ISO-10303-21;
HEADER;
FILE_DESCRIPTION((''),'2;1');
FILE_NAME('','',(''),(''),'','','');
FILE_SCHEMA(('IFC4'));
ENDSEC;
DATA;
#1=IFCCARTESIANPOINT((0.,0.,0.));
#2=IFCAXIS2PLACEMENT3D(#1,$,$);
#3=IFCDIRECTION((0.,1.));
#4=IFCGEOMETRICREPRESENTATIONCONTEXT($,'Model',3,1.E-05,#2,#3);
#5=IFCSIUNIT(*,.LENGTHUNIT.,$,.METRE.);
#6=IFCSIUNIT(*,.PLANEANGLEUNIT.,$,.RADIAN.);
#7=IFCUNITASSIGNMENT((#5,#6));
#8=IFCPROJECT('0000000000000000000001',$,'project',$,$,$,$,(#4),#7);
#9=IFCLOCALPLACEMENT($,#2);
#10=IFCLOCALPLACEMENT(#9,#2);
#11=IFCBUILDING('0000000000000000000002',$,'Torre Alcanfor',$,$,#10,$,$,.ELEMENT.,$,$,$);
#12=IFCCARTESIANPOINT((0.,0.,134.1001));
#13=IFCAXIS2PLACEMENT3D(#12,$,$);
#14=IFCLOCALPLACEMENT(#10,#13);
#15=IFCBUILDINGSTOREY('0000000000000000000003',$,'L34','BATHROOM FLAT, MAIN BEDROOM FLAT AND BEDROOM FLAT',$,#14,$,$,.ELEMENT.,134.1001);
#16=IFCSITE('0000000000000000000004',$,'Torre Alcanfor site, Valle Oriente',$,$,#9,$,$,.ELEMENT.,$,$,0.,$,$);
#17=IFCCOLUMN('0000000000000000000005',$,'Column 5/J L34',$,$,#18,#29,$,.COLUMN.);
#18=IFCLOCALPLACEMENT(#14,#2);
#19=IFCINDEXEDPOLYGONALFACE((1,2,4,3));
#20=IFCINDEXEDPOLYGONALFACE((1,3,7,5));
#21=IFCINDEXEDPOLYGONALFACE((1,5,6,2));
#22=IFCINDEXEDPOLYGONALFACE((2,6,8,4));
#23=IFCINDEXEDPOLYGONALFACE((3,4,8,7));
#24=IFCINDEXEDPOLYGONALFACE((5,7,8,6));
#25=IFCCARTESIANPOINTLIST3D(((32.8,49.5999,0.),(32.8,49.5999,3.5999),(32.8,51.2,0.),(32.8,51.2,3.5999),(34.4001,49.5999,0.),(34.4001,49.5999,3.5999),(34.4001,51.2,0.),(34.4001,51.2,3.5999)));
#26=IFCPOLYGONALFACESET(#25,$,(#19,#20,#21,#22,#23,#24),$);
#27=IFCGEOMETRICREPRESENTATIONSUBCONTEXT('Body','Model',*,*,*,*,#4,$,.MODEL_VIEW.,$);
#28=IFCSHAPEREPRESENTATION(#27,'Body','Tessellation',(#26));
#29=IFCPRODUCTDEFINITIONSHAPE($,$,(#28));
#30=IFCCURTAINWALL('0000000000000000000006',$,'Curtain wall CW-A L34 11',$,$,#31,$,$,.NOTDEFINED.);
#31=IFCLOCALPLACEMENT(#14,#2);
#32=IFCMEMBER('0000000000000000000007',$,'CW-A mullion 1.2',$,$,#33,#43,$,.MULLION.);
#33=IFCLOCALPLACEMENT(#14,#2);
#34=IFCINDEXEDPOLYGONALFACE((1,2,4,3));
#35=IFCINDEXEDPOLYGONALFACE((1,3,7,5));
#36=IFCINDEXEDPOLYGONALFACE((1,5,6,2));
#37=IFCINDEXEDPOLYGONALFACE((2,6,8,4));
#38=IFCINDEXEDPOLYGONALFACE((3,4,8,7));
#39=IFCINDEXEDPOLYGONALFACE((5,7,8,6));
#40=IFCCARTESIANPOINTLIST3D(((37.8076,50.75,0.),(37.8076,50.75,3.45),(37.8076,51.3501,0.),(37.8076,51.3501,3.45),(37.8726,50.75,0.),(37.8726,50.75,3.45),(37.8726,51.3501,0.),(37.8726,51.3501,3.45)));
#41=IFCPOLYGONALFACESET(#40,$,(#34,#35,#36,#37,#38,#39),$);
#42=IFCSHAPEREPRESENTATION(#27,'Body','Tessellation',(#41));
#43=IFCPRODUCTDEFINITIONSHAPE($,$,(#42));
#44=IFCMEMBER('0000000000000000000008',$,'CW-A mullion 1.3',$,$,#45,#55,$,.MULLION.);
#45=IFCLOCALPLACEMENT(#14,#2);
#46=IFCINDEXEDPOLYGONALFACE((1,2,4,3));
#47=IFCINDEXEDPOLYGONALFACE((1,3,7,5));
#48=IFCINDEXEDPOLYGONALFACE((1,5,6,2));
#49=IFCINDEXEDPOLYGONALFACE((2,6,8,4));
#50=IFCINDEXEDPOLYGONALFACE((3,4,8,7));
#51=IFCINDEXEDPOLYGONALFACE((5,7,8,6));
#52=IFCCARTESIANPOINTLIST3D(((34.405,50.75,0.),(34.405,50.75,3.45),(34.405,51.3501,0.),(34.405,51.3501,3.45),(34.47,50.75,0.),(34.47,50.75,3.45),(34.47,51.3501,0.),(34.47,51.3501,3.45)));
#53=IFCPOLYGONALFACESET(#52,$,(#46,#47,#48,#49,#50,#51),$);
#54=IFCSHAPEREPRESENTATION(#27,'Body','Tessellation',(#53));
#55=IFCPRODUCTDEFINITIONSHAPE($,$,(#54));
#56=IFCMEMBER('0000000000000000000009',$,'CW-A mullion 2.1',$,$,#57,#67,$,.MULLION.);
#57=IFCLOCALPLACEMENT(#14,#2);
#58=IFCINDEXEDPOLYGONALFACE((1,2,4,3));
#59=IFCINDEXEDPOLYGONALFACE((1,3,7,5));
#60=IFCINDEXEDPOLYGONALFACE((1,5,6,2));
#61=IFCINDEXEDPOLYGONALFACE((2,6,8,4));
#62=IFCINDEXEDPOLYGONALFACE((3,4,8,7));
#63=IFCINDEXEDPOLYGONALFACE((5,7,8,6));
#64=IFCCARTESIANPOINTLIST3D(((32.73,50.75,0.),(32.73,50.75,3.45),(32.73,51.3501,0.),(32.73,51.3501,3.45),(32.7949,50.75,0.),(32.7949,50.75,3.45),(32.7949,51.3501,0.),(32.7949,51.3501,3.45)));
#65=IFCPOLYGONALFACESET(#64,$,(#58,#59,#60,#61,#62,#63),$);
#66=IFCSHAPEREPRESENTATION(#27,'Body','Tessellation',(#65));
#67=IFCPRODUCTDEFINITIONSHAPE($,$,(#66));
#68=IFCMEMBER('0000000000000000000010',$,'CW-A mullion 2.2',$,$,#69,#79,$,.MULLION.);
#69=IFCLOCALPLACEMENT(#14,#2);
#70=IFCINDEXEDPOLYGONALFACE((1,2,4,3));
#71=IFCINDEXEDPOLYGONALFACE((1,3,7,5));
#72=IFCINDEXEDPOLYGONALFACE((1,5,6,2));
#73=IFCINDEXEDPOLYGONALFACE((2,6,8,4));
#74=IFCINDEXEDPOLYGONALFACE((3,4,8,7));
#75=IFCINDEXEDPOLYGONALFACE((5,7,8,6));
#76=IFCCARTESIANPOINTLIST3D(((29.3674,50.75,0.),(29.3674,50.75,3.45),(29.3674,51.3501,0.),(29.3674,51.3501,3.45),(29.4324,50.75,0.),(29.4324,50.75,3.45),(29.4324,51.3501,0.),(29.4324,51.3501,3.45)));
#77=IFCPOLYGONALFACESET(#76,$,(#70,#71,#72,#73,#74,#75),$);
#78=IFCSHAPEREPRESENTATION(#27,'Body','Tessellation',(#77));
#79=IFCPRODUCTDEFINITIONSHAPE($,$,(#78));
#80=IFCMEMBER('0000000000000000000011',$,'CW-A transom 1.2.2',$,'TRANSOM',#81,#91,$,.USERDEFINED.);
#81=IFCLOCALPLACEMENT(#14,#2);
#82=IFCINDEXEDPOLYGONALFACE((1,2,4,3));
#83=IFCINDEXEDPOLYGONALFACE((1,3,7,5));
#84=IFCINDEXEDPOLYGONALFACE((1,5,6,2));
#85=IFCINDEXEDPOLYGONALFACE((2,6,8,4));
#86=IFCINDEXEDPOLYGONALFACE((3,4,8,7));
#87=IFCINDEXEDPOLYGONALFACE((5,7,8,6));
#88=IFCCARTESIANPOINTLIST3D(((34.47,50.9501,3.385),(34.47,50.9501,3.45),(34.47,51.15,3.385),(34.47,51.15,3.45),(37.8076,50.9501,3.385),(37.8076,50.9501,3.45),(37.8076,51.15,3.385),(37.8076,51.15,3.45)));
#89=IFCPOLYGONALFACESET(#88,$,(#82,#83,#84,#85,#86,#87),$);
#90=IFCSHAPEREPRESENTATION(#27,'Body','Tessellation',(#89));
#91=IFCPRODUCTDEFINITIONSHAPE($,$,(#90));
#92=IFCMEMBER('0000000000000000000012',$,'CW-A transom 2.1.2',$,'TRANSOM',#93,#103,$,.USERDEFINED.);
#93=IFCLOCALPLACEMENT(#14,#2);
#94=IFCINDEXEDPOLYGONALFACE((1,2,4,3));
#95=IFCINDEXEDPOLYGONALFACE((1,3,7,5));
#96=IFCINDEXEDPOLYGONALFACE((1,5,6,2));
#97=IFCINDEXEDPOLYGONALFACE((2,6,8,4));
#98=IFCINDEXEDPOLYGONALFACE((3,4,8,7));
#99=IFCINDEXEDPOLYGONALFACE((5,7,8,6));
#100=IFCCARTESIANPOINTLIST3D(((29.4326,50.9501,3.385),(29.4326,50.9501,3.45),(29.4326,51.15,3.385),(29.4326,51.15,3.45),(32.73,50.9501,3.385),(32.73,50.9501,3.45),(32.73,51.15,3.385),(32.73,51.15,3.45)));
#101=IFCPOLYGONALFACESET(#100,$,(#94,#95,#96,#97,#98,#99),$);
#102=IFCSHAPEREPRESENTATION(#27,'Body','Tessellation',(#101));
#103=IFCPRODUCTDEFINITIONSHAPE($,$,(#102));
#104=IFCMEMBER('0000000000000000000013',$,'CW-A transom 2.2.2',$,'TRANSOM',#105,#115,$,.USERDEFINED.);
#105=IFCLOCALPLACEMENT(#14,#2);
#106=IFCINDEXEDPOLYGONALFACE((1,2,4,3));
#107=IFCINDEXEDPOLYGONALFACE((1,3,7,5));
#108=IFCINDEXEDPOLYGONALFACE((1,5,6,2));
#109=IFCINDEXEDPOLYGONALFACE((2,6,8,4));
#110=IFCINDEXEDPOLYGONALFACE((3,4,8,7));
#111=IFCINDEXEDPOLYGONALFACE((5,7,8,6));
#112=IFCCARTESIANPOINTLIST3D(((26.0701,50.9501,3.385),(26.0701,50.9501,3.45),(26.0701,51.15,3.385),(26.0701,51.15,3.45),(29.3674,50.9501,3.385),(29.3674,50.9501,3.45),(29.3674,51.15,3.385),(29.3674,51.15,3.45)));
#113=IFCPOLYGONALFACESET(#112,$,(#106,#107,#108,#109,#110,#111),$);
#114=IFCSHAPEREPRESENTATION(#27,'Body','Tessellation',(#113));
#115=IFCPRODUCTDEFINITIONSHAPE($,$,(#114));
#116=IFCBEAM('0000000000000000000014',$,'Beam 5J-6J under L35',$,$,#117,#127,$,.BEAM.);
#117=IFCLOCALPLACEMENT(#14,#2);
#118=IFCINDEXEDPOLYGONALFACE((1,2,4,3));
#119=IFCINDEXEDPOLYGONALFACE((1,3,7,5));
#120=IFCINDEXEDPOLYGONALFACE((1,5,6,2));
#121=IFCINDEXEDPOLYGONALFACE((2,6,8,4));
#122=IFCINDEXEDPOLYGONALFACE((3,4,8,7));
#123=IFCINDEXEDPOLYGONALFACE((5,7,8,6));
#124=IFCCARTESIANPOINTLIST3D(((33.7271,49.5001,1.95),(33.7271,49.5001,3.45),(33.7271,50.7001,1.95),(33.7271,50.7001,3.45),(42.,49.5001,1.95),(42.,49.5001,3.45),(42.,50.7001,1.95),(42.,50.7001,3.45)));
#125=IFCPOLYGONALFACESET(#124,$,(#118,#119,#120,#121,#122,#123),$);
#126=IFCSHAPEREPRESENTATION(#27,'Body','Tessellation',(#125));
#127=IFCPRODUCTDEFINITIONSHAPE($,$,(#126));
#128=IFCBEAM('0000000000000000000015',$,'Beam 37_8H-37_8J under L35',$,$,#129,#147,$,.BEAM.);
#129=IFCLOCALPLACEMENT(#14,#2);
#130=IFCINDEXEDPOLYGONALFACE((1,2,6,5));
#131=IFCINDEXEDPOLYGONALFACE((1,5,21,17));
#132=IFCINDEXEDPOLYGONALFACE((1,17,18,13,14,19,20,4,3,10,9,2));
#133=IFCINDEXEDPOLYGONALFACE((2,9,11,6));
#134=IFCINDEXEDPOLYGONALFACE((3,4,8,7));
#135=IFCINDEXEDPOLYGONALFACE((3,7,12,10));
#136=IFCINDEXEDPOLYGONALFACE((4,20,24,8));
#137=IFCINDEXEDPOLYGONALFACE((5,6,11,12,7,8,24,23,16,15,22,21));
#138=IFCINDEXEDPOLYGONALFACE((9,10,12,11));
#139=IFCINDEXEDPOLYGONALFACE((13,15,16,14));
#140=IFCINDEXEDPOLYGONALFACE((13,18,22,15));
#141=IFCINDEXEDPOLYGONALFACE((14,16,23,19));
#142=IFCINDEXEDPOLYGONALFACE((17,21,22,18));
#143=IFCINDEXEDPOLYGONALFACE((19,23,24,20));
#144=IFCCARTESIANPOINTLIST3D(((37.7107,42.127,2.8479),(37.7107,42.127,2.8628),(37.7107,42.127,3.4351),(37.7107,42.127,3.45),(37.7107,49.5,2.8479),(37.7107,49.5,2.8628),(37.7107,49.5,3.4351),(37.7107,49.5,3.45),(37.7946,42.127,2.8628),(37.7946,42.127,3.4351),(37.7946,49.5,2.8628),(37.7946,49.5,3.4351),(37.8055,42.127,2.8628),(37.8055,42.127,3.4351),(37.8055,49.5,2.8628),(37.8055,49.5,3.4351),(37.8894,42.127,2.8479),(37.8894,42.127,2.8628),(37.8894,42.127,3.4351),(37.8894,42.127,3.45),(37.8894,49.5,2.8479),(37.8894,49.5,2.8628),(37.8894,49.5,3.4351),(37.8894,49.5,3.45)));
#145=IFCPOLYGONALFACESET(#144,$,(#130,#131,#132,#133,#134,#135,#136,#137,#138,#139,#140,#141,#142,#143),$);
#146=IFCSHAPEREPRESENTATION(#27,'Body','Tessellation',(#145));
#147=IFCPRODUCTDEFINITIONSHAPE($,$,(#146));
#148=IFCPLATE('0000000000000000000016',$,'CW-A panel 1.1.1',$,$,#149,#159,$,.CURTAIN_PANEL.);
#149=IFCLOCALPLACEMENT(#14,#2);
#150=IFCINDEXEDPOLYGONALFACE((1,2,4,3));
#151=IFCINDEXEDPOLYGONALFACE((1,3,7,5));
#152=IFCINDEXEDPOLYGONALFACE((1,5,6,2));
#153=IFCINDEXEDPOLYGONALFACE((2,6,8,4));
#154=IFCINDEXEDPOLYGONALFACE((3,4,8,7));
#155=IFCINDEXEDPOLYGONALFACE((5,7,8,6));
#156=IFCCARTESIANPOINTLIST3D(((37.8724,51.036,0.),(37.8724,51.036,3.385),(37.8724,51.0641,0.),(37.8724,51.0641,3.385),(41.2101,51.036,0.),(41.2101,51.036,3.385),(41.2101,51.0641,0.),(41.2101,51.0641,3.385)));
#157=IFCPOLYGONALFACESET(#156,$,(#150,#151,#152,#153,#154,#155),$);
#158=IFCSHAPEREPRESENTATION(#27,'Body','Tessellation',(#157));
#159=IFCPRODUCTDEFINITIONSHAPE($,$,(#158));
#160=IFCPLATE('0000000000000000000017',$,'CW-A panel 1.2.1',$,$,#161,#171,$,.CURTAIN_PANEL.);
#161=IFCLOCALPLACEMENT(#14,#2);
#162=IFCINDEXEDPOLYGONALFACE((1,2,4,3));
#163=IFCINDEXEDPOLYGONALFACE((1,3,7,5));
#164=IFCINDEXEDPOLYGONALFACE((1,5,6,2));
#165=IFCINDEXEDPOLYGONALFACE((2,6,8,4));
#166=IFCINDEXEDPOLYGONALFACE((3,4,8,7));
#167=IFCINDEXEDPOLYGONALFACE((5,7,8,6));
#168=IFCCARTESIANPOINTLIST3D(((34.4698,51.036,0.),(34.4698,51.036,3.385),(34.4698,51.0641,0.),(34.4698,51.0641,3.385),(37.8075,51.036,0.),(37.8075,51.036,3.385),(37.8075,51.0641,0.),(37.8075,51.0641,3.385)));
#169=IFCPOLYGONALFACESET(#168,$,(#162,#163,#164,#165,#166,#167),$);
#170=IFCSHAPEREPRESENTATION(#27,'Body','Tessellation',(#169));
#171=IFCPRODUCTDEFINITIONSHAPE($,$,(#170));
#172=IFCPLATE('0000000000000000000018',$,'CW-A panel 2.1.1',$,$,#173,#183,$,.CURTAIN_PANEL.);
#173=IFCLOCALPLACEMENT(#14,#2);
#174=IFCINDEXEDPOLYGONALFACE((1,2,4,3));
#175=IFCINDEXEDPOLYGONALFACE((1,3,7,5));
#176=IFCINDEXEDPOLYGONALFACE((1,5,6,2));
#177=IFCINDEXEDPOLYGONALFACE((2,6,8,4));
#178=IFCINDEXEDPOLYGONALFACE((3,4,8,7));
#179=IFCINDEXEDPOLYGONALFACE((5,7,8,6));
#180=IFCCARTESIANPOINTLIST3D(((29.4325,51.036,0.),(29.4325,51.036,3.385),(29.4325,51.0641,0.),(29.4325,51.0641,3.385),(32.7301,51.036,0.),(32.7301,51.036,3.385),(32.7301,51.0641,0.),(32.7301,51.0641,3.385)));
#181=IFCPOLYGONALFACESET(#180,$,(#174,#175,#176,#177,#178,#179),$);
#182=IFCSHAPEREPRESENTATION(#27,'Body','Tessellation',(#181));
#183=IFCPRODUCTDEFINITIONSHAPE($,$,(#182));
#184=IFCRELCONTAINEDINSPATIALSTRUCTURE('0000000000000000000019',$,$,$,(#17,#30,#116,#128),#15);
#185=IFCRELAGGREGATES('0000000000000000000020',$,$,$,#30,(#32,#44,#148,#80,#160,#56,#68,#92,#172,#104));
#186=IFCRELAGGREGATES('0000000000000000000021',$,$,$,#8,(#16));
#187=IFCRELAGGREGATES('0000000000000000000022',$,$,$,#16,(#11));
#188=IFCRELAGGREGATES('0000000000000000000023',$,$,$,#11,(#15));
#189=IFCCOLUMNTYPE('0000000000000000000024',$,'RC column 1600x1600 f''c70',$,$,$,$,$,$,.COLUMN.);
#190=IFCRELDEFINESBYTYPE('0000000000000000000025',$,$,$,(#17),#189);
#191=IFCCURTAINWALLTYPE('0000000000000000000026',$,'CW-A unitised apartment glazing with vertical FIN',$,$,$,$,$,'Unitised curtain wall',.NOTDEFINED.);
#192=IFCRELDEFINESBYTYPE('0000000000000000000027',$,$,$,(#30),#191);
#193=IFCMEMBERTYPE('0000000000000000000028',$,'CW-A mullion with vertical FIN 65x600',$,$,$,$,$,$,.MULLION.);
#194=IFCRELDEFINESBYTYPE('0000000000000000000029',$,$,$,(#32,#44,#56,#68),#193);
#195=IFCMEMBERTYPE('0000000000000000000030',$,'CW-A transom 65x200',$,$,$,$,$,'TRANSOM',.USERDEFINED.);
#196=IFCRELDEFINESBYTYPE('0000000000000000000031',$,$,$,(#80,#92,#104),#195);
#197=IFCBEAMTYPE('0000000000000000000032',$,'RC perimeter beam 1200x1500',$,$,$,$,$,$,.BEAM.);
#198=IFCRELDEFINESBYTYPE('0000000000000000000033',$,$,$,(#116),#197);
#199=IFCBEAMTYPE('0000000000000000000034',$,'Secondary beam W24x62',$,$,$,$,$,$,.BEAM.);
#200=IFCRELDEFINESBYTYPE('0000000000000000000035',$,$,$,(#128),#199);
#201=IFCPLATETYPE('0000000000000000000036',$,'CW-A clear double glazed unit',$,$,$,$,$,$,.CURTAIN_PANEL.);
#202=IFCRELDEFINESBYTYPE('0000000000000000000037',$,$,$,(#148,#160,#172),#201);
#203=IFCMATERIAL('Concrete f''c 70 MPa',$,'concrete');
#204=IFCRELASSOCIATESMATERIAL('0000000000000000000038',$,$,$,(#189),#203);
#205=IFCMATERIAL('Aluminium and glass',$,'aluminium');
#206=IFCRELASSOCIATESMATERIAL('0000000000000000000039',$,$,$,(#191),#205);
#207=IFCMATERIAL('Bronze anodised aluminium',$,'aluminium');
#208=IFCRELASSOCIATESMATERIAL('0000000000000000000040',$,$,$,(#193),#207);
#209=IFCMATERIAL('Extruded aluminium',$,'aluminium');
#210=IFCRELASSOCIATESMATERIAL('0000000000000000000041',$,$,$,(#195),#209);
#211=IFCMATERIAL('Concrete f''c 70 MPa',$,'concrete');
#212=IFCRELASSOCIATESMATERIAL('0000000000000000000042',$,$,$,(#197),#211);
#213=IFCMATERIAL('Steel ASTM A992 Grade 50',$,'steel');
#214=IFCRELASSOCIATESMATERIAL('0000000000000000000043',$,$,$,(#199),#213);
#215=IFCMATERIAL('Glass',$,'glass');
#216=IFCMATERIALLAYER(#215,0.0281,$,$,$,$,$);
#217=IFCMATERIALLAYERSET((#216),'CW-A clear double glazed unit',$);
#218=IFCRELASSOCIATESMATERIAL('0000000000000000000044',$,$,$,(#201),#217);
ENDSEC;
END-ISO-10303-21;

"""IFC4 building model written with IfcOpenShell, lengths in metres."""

from ifc_helpers import new_model, si_unit, direction, frame, origin, origin_2d, place, context, subcontext, project, spatial, rectangle, i_section, extrude, material, layer, layer_set, material_profile, profile_set, type_object, element, aggregate, save


model = new_model("IFC4")

# Units and contexts
model_context = context("Model", 3, precision=1e-05, world=origin(), true_north=direction((0.0, 1.0)))
body_context = subcontext(model_context, "Body", "Model", "MODEL_VIEW")
ifc_project = project(units=[si_unit("LENGTHUNIT", "METRE"), si_unit("PLANEANGLEUNIT", "RADIAN")], contexts=[model_context])

# Site, building, storey
site_placement = place(None, origin())
site = spatial("IfcSite", under=ifc_project, at=site_placement, Name="Torre Alcanfor site, Valle Oriente", CompositionType="ELEMENT", RefElevation=0.0)
building_placement = place(site_placement, origin())
building = spatial("IfcBuilding", under=site, at=building_placement, Name="Torre Alcanfor", CompositionType="ELEMENT")
storey_placement = place(building_placement, frame((0.0, 0.0, 134.1001)))
storey = spatial("IfcBuildingStorey", under=building, at=storey_placement, Name="L34", Description="BATHROOM FLAT, MAIN BEDROOM FLAT AND BEDROOM FLAT", CompositionType="ELEMENT", Elevation=134.1001)

# Column
ifc_material_1 = material(Name="Concrete f'c 70 MPa", Category="concrete")
ifc_material_profile_1 = material_profile(ifc_material_1, rectangle(XDim=1.6001, YDim=1.6001, at=origin_2d()), Name="1600x1600")
ifc_profile_set_1 = profile_set([ifc_material_profile_1], Name="Concrete f'c 70 MPa")
column_type = type_object("IfcColumnType", Name="RC column 1600x1600 f'c70", PredefinedType="COLUMN", material=ifc_profile_set_1)
column_placement = place(storey_placement, frame((33.6001, 50.3999, 0.0), z_axis=(0.0, 0.0, 1.0), x_axis=(1.0, 0.0, 0.0)))
element("IfcColumn", 1, at=column_placement, inside=storey, type_object=column_type, Name="Column 5/J L34", PredefinedType="COLUMN", context=body_context, shape_type="SweptSolid", body=[
    extrude(rectangle(XDim=1.6001, YDim=1.6001, at=origin_2d()), origin(), (0.0, 0.0, 1.0), 3.5999),
])

# Curtain wall, members
ifc_material_2 = material(Name="Aluminium and glass", Category="aluminium")
curtain_wall_type = type_object("IfcCurtainWallType", Name="CW-A unitised apartment glazing with vertical FIN", ElementType="Unitised curtain wall", PredefinedType="NOTDEFINED", material=ifc_material_2)
curtain_wall_placement = place(storey_placement, origin())
curtain_wall = element("IfcCurtainWall", 2, at=curtain_wall_placement, inside=storey, type_object=curtain_wall_type, Name="Curtain wall CW-A L34 11", PredefinedType="NOTDEFINED")
ifc_material_3 = material(Name="Bronze anodised aluminium", Category="aluminium")
ifc_material_profile_2 = material_profile(ifc_material_3, rectangle(XDim=0.6001, YDim=0.0649, at=origin_2d()), Name="CW-A mullion 65x600")
ifc_profile_set_2 = profile_set([ifc_material_profile_2], Name="Bronze anodised aluminium")
member_type_1 = type_object("IfcMemberType", Name="CW-A mullion with vertical FIN 65x600", PredefinedType="MULLION", material=ifc_profile_set_2)
member_1_placement = place(storey_placement, frame((37.8401, 51.05, 0.0), z_axis=(0.0, 0.0, 1.0), x_axis=(0.0, -1.0, 0.0)))
member_1 = element("IfcMember", 3, at=member_1_placement, type_object=member_type_1, Name="CW-A mullion 1.2", PredefinedType="MULLION", context=body_context, shape_type="SweptSolid", body=[
    extrude(rectangle(XDim=0.6001, YDim=0.0649, at=origin_2d()), origin(), (0.0, 0.0, 1.0), 3.45),
])
member_2_placement = place(storey_placement, frame((34.4375, 51.05, 0.0), z_axis=(0.0, 0.0, 1.0), x_axis=(0.0, -1.0, 0.0)))
member_2 = element("IfcMember", 4, at=member_2_placement, type_object=member_type_1, Name="CW-A mullion 1.3", PredefinedType="MULLION", context=body_context, shape_type="SweptSolid", body=[
    extrude(rectangle(XDim=0.6001, YDim=0.0649, at=origin_2d()), origin(), (0.0, 0.0, 1.0), 3.45),
])
member_3_placement = place(storey_placement, frame((32.7625, 51.05, 0.0), z_axis=(0.0, 0.0, 1.0), x_axis=(0.0, -1.0, 0.0)))
member_3 = element("IfcMember", 5, at=member_3_placement, type_object=member_type_1, Name="CW-A mullion 2.1", PredefinedType="MULLION", context=body_context, shape_type="SweptSolid", body=[
    extrude(rectangle(XDim=0.6001, YDim=0.0649, at=origin_2d()), origin(), (0.0, 0.0, 1.0), 3.45),
])
member_4_placement = place(storey_placement, frame((29.3999, 51.05, 0.0), z_axis=(0.0, 0.0, 1.0), x_axis=(0.0, -1.0, 0.0)))
member_4 = element("IfcMember", 6, at=member_4_placement, type_object=member_type_1, Name="CW-A mullion 2.2", PredefinedType="MULLION", context=body_context, shape_type="SweptSolid", body=[
    extrude(rectangle(XDim=0.6001, YDim=0.0649, at=origin_2d()), origin(), (0.0, 0.0, 1.0), 3.45),
])
ifc_material_4 = material(Name="Extruded aluminium", Category="aluminium")
ifc_material_profile_3 = material_profile(ifc_material_4, rectangle(XDim=0.2, YDim=0.0649, at=origin_2d()), Name="CW-A transom 200x65")
ifc_profile_set_3 = profile_set([ifc_material_profile_3], Name="Extruded aluminium")
member_type_2 = type_object("IfcMemberType", Name="CW-A transom 65x200", ElementType="TRANSOM", PredefinedType="USERDEFINED", material=ifc_profile_set_3)
member_5_placement = place(storey_placement, frame((37.8076, 51.05, 3.4175), z_axis=(-1.0, 0.0, 0.0), x_axis=(0.0, -1.0, 0.0)))
member_5 = element("IfcMember", 7, at=member_5_placement, type_object=member_type_2, Name="CW-A transom 1.2.2", ObjectType="TRANSOM", PredefinedType="USERDEFINED", context=body_context, shape_type="SweptSolid", body=[
    extrude(rectangle(XDim=0.2, YDim=0.0649, at=origin_2d()), origin(), (0.0, 0.0, 1.0), 3.3376),
])
member_6_placement = place(storey_placement, frame((32.73, 51.05, 3.4175), z_axis=(-1.0, 0.0, 0.0), x_axis=(0.0, -1.0, 0.0)))
member_6 = element("IfcMember", 8, at=member_6_placement, type_object=member_type_2, Name="CW-A transom 2.1.2", ObjectType="TRANSOM", PredefinedType="USERDEFINED", context=body_context, shape_type="SweptSolid", body=[
    extrude(rectangle(XDim=0.2, YDim=0.0649, at=origin_2d()), origin(), (0.0, 0.0, 1.0), 3.2974),
])
member_7_placement = place(storey_placement, frame((29.3674, 51.05, 3.4175), z_axis=(-1.0, 0.0, 0.0), x_axis=(0.0, -1.0, 0.0)))
member_7 = element("IfcMember", 9, at=member_7_placement, type_object=member_type_2, Name="CW-A transom 2.2.2", ObjectType="TRANSOM", PredefinedType="USERDEFINED", context=body_context, shape_type="SweptSolid", body=[
    extrude(rectangle(XDim=0.2, YDim=0.0649, at=origin_2d()), origin(), (0.0, 0.0, 1.0), 3.2974),
])

# Beams
ifc_material_5 = material(Name="Concrete f'c 70 MPa", Category="concrete")
ifc_material_profile_4 = material_profile(ifc_material_5, rectangle(XDim=1.2, YDim=1.5, at=origin_2d()), Name="1200x1500")
ifc_profile_set_4 = profile_set([ifc_material_profile_4], Name="Concrete f'c 70 MPa")
beam_type_1 = type_object("IfcBeamType", Name="RC perimeter beam 1200x1500", PredefinedType="BEAM", material=ifc_profile_set_4)
beam_1_placement = place(storey_placement, frame((33.7271, 50.1001, 2.7), z_axis=(1.0, 0.0, 0.0), x_axis=(0.0, 1.0, 0.0)))
element("IfcBeam", 10, at=beam_1_placement, inside=storey, type_object=beam_type_1, Name="Beam 5J-6J under L35", PredefinedType="BEAM", context=body_context, shape_type="SweptSolid", body=[
    extrude(rectangle(XDim=1.2, YDim=1.5, at=origin_2d()), origin(), (0.0, 0.0, 1.0), 8.2729),
])
ifc_material_6 = material(Name="Steel ASTM A992 Grade 50", Category="steel")
ifc_material_profile_5 = material_profile(ifc_material_6, i_section(OverallWidth=0.1787, OverallDepth=0.6021, WebThickness=0.011, FlangeThickness=0.0149, at=origin_2d()), Name="W24x62")
ifc_profile_set_5 = profile_set([ifc_material_profile_5], Name="Steel ASTM A992 Grade 50")
beam_type_2 = type_object("IfcBeamType", Name="Secondary beam W24x62", PredefinedType="BEAM", material=ifc_profile_set_5)
beam_2_placement = place(storey_placement, frame((37.8, 42.127, 3.1489), z_axis=(0.0, 1.0, 0.0), x_axis=(-1.0, 0.0, 0.0)))
element("IfcBeam", 11, at=beam_2_placement, inside=storey, type_object=beam_type_2, Name="Beam 37_8H-37_8J under L35", PredefinedType="BEAM", context=body_context, shape_type="SweptSolid", body=[
    extrude(i_section(OverallWidth=0.1787, OverallDepth=0.6021, WebThickness=0.011, FlangeThickness=0.0149, at=origin_2d()), origin(), (0.0, 0.0, 1.0), 7.373),
])

# Plates
ifc_material_7 = material(Name="Glass", Category="glass")
ifc_layer_1 = layer(ifc_material_7, 0.0281)
ifc_layer_set_1 = layer_set([ifc_layer_1], Name="CW-A clear double glazed unit")
plate_type = type_object("IfcPlateType", Name="CW-A clear double glazed unit", PredefinedType="CURTAIN_PANEL", material=ifc_layer_set_1)
plate_1_placement = place(storey_placement, frame((39.5413, 51.05, 0.0), z_axis=(0.0, 0.0, 1.0), x_axis=(-1.0, 0.0, 0.0)))
plate_1 = element("IfcPlate", 12, at=plate_1_placement, type_object=plate_type, Name="CW-A panel 1.1.1", PredefinedType="CURTAIN_PANEL", context=body_context, shape_type="SweptSolid", body=[
    extrude(rectangle(XDim=3.3376, YDim=0.0281, at=origin_2d()), origin(), (0.0, 0.0, 1.0), 3.385),
])
plate_2_placement = place(storey_placement, frame((36.1387, 51.05, 0.0), z_axis=(0.0, 0.0, 1.0), x_axis=(-1.0, 0.0, 0.0)))
plate_2 = element("IfcPlate", 13, at=plate_2_placement, type_object=plate_type, Name="CW-A panel 1.2.1", PredefinedType="CURTAIN_PANEL", context=body_context, shape_type="SweptSolid", body=[
    extrude(rectangle(XDim=3.3376, YDim=0.0281, at=origin_2d()), origin(), (0.0, 0.0, 1.0), 3.385),
])
plate_3_placement = place(storey_placement, frame((31.0813, 51.05, 0.0), z_axis=(0.0, 0.0, 1.0), x_axis=(-1.0, 0.0, 0.0)))
plate_3 = element("IfcPlate", 14, at=plate_3_placement, type_object=plate_type, Name="CW-A panel 2.1.1", PredefinedType="CURTAIN_PANEL", context=body_context, shape_type="SweptSolid", body=[
    extrude(rectangle(XDim=3.2976, YDim=0.0281, at=origin_2d()), origin(), (0.0, 0.0, 1.0), 3.385),
])
aggregate(curtain_wall, [member_1, member_2, plate_1, member_5, plate_2, member_3, member_4, member_6, plate_3, member_7])

save(model, "model.ifc")
